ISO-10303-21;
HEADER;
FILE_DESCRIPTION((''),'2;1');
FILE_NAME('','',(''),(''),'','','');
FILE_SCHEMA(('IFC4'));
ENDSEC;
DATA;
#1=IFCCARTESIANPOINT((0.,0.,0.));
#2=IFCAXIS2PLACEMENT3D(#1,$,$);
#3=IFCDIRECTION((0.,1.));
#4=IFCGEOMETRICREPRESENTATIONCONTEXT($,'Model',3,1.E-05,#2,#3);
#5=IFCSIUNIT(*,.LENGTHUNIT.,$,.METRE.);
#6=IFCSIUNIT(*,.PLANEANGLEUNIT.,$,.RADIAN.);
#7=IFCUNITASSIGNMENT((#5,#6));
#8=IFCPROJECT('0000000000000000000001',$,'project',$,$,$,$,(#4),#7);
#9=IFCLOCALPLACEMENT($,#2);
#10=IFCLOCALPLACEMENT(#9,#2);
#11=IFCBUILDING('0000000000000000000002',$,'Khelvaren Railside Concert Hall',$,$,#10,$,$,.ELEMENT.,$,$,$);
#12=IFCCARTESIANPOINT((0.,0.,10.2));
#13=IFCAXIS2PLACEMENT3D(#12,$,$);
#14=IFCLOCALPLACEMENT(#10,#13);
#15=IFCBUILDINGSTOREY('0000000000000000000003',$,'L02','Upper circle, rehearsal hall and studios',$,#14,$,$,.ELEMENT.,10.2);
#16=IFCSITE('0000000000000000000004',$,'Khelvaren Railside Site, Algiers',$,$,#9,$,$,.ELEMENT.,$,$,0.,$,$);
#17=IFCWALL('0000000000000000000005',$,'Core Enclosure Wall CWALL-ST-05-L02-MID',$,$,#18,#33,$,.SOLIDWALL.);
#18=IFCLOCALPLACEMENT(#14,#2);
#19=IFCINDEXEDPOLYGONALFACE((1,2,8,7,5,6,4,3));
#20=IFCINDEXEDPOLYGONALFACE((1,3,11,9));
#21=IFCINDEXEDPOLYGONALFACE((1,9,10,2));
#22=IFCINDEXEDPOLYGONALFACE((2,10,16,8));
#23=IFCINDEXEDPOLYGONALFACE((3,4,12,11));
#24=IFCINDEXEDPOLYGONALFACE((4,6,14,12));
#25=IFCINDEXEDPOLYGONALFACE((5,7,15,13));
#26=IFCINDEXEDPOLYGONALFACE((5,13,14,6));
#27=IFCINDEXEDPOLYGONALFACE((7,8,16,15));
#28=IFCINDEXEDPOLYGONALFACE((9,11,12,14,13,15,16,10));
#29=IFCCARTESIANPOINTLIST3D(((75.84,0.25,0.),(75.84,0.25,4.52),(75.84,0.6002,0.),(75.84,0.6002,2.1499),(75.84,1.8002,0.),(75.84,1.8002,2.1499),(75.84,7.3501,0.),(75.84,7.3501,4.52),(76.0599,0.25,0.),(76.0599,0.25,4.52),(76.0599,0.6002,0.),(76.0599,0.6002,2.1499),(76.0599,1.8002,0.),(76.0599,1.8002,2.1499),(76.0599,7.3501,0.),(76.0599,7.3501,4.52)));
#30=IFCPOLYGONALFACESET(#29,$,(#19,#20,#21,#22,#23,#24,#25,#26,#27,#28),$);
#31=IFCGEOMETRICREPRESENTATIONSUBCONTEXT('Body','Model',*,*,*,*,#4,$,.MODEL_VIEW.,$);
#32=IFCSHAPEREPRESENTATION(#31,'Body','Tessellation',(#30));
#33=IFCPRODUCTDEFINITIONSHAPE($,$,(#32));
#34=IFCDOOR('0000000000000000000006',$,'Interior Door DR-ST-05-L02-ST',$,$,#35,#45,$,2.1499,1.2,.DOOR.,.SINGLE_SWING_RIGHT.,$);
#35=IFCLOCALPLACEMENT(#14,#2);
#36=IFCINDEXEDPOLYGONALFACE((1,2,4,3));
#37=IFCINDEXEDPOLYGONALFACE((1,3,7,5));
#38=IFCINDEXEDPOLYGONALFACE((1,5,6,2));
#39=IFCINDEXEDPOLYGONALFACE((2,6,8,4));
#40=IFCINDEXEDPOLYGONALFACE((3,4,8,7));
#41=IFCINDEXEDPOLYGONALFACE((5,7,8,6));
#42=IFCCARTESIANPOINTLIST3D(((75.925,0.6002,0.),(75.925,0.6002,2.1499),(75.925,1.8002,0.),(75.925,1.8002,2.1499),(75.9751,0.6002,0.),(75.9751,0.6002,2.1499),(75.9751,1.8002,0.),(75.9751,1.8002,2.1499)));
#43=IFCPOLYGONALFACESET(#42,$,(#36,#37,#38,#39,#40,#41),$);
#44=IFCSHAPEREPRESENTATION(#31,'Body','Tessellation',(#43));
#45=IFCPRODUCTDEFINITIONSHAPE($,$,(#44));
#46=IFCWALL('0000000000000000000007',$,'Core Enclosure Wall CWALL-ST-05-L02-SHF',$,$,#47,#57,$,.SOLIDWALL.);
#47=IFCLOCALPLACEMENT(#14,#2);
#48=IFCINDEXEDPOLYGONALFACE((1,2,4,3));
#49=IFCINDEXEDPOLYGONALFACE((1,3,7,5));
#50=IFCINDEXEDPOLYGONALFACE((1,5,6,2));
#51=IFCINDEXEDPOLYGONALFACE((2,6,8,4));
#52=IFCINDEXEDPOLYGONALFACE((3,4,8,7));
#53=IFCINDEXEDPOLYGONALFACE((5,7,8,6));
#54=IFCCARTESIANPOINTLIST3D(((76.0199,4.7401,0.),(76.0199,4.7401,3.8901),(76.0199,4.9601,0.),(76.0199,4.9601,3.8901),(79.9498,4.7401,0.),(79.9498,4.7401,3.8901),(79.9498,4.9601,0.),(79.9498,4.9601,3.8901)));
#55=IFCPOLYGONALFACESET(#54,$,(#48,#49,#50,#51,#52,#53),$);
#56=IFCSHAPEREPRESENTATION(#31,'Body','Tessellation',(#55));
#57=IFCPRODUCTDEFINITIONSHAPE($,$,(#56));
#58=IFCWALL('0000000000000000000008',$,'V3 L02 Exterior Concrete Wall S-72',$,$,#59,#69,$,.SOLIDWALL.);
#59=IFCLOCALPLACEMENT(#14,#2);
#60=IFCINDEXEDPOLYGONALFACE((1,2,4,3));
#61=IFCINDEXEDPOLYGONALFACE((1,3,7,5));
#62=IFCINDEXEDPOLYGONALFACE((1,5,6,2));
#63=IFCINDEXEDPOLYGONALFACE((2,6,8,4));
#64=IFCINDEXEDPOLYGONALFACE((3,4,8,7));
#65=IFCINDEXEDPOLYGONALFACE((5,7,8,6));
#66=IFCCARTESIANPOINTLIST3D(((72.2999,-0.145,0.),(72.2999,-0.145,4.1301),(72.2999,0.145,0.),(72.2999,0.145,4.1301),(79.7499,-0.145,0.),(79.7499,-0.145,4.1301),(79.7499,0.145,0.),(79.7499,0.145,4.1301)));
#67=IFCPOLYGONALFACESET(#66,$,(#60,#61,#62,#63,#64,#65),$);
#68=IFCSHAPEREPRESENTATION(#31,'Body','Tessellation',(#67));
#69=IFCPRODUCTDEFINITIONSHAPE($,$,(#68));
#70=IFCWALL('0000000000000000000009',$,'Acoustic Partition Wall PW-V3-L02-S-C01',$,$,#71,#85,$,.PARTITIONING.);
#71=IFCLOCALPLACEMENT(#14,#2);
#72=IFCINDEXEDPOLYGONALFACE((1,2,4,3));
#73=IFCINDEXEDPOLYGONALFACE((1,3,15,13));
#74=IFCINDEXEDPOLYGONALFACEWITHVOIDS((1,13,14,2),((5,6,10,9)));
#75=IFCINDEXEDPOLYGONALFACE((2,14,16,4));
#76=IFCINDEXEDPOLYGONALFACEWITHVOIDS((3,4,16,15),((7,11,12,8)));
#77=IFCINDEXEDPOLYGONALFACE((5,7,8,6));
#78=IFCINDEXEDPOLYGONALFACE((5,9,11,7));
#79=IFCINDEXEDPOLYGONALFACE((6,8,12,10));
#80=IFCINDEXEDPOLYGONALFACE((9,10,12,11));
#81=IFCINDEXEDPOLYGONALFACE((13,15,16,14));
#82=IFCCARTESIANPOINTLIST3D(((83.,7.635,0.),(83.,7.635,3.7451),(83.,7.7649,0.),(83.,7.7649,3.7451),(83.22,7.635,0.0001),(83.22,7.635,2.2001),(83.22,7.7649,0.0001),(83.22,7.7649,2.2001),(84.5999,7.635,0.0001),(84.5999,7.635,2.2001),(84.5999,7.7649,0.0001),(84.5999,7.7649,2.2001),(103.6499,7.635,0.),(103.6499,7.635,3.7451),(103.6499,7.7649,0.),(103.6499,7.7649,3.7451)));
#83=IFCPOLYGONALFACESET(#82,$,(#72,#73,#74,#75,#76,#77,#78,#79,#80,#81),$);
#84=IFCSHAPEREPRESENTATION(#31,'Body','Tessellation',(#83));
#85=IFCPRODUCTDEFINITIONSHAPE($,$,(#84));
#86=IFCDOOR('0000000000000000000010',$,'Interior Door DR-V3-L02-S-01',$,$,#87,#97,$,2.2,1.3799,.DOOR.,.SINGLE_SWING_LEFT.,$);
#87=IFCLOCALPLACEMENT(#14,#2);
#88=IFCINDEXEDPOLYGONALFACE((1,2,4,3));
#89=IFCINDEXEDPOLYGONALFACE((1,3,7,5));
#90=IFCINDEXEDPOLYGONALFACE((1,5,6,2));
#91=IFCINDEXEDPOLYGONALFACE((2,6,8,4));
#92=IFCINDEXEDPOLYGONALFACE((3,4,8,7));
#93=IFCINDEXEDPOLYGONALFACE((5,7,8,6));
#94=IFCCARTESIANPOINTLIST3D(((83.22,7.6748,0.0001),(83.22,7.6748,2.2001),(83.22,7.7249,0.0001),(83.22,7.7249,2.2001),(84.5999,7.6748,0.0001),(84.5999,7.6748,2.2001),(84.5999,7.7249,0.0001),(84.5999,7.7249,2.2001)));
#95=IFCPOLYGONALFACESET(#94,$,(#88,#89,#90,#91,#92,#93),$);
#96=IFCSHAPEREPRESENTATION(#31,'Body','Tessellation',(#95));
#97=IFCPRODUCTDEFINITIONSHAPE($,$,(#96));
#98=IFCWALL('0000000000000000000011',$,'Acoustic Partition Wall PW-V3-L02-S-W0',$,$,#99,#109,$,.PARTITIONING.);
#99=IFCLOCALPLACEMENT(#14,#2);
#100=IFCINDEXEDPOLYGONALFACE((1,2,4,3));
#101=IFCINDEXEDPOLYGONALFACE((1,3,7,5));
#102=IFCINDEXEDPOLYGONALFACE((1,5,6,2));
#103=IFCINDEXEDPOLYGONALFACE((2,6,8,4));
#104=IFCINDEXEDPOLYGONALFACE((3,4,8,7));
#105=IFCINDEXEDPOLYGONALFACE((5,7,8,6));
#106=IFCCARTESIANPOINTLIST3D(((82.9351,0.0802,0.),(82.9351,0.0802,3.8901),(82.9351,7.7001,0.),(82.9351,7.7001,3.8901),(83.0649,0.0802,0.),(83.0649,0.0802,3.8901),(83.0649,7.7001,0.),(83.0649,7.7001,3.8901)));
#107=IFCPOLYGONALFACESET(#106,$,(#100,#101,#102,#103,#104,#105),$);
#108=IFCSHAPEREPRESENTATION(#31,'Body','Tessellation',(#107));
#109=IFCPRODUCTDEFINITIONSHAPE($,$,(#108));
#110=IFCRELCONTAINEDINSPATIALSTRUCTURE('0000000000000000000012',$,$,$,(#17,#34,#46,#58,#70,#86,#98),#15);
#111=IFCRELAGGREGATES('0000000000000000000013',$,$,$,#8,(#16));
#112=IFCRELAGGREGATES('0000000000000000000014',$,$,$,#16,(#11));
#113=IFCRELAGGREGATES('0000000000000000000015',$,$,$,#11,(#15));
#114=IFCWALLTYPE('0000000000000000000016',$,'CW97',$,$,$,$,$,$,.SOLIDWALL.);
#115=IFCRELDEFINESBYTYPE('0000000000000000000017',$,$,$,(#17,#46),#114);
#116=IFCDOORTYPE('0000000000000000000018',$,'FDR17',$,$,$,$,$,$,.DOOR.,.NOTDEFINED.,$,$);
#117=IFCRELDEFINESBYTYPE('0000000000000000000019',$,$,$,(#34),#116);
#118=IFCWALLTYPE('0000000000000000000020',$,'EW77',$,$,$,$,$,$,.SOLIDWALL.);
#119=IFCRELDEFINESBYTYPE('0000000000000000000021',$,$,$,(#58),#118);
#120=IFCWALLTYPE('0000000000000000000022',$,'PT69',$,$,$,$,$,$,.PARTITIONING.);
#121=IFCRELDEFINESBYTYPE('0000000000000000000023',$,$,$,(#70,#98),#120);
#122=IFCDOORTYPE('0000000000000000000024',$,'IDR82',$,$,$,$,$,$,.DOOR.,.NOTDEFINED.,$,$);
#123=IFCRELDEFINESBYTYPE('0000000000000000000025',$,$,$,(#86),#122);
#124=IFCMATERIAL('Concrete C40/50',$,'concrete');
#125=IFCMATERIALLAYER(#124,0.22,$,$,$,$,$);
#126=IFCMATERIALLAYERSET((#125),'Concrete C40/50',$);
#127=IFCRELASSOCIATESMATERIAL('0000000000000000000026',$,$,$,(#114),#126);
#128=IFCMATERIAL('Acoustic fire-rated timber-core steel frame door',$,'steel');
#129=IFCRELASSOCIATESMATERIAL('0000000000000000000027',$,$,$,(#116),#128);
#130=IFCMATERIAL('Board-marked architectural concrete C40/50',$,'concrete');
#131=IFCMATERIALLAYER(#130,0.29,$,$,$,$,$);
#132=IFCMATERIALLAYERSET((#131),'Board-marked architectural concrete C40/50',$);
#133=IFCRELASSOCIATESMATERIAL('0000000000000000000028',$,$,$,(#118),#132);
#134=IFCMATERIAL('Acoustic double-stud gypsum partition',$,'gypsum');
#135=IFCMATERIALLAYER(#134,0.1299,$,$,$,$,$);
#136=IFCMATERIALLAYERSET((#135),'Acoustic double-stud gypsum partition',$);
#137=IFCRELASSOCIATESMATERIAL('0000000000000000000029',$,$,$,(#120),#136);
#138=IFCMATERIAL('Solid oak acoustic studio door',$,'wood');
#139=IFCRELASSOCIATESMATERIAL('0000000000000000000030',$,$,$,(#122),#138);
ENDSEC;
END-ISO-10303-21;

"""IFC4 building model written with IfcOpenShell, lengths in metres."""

from ifc_helpers import new_model, si_unit, direction, frame, frame_2d, origin, place, context, subcontext, project, spatial, rectangle, extrude, material, layer, layer_set, type_object, element, fill, save


model = new_model("IFC4")

# Units and contexts
model_context = context("Model", 3, precision=1e-05, world=origin(), true_north=direction((0.0, 1.0)))
body_context = subcontext(model_context, "Body", "Model", "MODEL_VIEW")
ifc_project = project(units=[si_unit("LENGTHUNIT", "METRE"), si_unit("PLANEANGLEUNIT", "RADIAN")], contexts=[model_context])

# Site, building, storey
site_placement = place(None, origin())
site = spatial("IfcSite", under=ifc_project, at=site_placement, Name="Khelvaren Railside Site, Algiers", CompositionType="ELEMENT", RefElevation=0.0)
building_placement = place(site_placement, origin())
building = spatial("IfcBuilding", under=site, at=building_placement, Name="Khelvaren Railside Concert Hall", CompositionType="ELEMENT")
storey_placement = place(building_placement, frame((0.0, 0.0, 10.2)))
storey = spatial("IfcBuildingStorey", under=building, at=storey_placement, Name="L02", Description="Upper circle, rehearsal hall and studios", CompositionType="ELEMENT", Elevation=10.2)

# Shared definitions
ifc_material_1 = material(Name="Concrete C40/50", Category="concrete")

# Wall, opening, door
ifc_material_2 = material(Name="Acoustic fire-rated timber-core steel frame door", Category="steel")
ifc_layer_1 = layer(ifc_material_1, 0.22)
ifc_layer_set_1 = layer_set([ifc_layer_1], Name="Concrete C40/50")
wall_type_1 = type_object("IfcWallType", Name="CW97", PredefinedType="SOLIDWALL", material=ifc_layer_set_1)
wall_1_placement = place(storey_placement, frame((75.95, 0.25, 0.0), z_axis=(0.0, 0.0, 1.0), x_axis=(0.0, 1.0, 0.0)))
wall_1 = element("IfcWall", 1, at=wall_1_placement, inside=storey, type_object=wall_type_1, Name="Core Enclosure Wall CWALL-ST-05-L02-MID", PredefinedType="SOLIDWALL", context=body_context, shape_type="SweptSolid", body=[
    extrude(rectangle(XDim=7.1001, YDim=0.22, at=frame_2d((3.55, 0.0))), origin(), (0.0, 0.0, 1.0), 4.52),
])
opening_1_placement = place(wall_1_placement, frame((0.3501, 0.0, 0.0)))
opening_1 = element("IfcOpeningElement", 2, at=opening_1_placement, cuts=wall_1, PredefinedType="OPENING", context=body_context, shape_type="SweptSolid", body=[
    extrude(rectangle(XDim=1.2, YDim=2.1499, at=frame_2d((0.6001, 1.075))), frame((0.0, 0.1199, 0.0), z_axis=(0.0, -1.0, 0.0), x_axis=(1.0, 0.0, 0.0)), (0.0, 0.0, 1.0), 0.24),
])
door_type_1 = type_object("IfcDoorType", Name="FDR17", OperationType="NOTDEFINED", PredefinedType="DOOR", material=ifc_material_2)
door_1_placement = place(opening_1_placement, origin())
door_1 = element("IfcDoor", 3, at=door_1_placement, inside=storey, type_object=door_type_1, Name="Interior Door DR-ST-05-L02-ST", OperationType="SINGLE_SWING_RIGHT", OverallHeight=2.1499, OverallWidth=1.2, PredefinedType="DOOR", context=body_context, shape_type="SweptSolid", body=[
    extrude(rectangle(XDim=1.2, YDim=2.1499, at=frame_2d((0.6001, 1.075))), frame((0.0, 0.0249, 0.0), z_axis=(0.0, -1.0, 0.0), x_axis=(1.0, 0.0, 0.0)), (0.0, 0.0, 1.0), 0.05),
])
fill(opening_1, door_1)

# Walls
wall_2_placement = place(storey_placement, frame((76.02, 4.8501, 0.0), z_axis=(0.0, 0.0, 1.0), x_axis=(1.0, 0.0, 0.0)))
element("IfcWall", 4, at=wall_2_placement, inside=storey, type_object=wall_type_1, Name="Core Enclosure Wall CWALL-ST-05-L02-SHF", PredefinedType="SOLIDWALL", context=body_context, shape_type="SweptSolid", body=[
    extrude(rectangle(XDim=3.9299, YDim=0.22, at=frame_2d((1.9648, 0.0))), origin(), (0.0, 0.0, 1.0), 3.8901),
])
ifc_material_3 = material(Name="Board-marked architectural concrete C40/50", Category="concrete")
ifc_layer_2 = layer(ifc_material_3, 0.29)
ifc_layer_set_2 = layer_set([ifc_layer_2], Name="Board-marked architectural concrete C40/50")
wall_type_2 = type_object("IfcWallType", Name="EW77", PredefinedType="SOLIDWALL", material=ifc_layer_set_2)
wall_3_placement = place(storey_placement, frame((79.75, 0.0, 0.0), z_axis=(0.0, 0.0, 1.0), x_axis=(-1.0, 0.0, 0.0)))
element("IfcWall", 5, at=wall_3_placement, inside=storey, type_object=wall_type_2, Name="V3 L02 Exterior Concrete Wall S-72", PredefinedType="SOLIDWALL", context=body_context, shape_type="SweptSolid", body=[
    extrude(rectangle(XDim=7.45, YDim=0.29, at=frame_2d((3.7251, 0.0))), origin(), (0.0, 0.0, 1.0), 4.1301),
])

# Wall, opening, door
ifc_material_4 = material(Name="Acoustic double-stud gypsum partition", Category="gypsum")
ifc_layer_3 = layer(ifc_material_4, 0.1299)
ifc_layer_set_3 = layer_set([ifc_layer_3], Name="Acoustic double-stud gypsum partition")
wall_type_3 = type_object("IfcWallType", Name="PT69", PredefinedType="PARTITIONING", material=ifc_layer_set_3)
wall_4_placement = place(storey_placement, frame((83.0, 7.7, 0.0), z_axis=(0.0, 0.0, 1.0), x_axis=(1.0, 0.0, 0.0)))
wall_4 = element("IfcWall", 6, at=wall_4_placement, inside=storey, type_object=wall_type_3, Name="Acoustic Partition Wall PW-V3-L02-S-C01", PredefinedType="PARTITIONING", context=body_context, shape_type="SweptSolid", body=[
    extrude(rectangle(XDim=20.6499, YDim=0.1299, at=frame_2d((10.325, 0.0))), origin(), (0.0, 0.0, 1.0), 3.7451),
])
opening_2_placement = place(wall_4_placement, frame((0.22, 0.0, 0.0)))
opening_2 = element("IfcOpeningElement", 7, at=opening_2_placement, cuts=wall_4, PredefinedType="OPENING", context=body_context, shape_type="SweptSolid", body=[
    extrude(rectangle(XDim=1.3799, YDim=2.2, at=frame_2d((0.6899, 1.1001))), frame((0.0, 0.075, 0.0), z_axis=(0.0, -1.0, 0.0), x_axis=(1.0, 0.0, 0.0)), (0.0, 0.0, 1.0), 0.1499),
])
ifc_material_5 = material(Name="Solid oak acoustic studio door", Category="wood")
door_type_2 = type_object("IfcDoorType", Name="IDR82", OperationType="NOTDEFINED", PredefinedType="DOOR", material=ifc_material_5)
door_2_placement = place(opening_2_placement, origin())
door_2 = element("IfcDoor", 8, at=door_2_placement, inside=storey, type_object=door_type_2, Name="Interior Door DR-V3-L02-S-01", OperationType="SINGLE_SWING_LEFT", OverallHeight=2.2, OverallWidth=1.3799, PredefinedType="DOOR", context=body_context, shape_type="SweptSolid", body=[
    extrude(rectangle(XDim=1.3799, YDim=2.2, at=frame_2d((0.6899, 1.1001))), frame((0.0, 0.0249, 0.0), z_axis=(0.0, -1.0, 0.0), x_axis=(1.0, 0.0, 0.0)), (0.0, 0.0, 1.0), 0.05),
])
fill(opening_2, door_2)

# Wall
wall_5_placement = place(storey_placement, frame((83.0, 0.0801, 0.0), z_axis=(0.0, 0.0, 1.0), x_axis=(0.0, 1.0, 0.0)))
element("IfcWall", 9, at=wall_5_placement, inside=storey, type_object=wall_type_3, Name="Acoustic Partition Wall PW-V3-L02-S-W0", PredefinedType="PARTITIONING", context=body_context, shape_type="SweptSolid", body=[
    extrude(rectangle(XDim=7.6199, YDim=0.1299, at=frame_2d((3.8101, 0.0))), origin(), (0.0, 0.0, 1.0), 3.8901),
])

save(model, "model.ifc")
